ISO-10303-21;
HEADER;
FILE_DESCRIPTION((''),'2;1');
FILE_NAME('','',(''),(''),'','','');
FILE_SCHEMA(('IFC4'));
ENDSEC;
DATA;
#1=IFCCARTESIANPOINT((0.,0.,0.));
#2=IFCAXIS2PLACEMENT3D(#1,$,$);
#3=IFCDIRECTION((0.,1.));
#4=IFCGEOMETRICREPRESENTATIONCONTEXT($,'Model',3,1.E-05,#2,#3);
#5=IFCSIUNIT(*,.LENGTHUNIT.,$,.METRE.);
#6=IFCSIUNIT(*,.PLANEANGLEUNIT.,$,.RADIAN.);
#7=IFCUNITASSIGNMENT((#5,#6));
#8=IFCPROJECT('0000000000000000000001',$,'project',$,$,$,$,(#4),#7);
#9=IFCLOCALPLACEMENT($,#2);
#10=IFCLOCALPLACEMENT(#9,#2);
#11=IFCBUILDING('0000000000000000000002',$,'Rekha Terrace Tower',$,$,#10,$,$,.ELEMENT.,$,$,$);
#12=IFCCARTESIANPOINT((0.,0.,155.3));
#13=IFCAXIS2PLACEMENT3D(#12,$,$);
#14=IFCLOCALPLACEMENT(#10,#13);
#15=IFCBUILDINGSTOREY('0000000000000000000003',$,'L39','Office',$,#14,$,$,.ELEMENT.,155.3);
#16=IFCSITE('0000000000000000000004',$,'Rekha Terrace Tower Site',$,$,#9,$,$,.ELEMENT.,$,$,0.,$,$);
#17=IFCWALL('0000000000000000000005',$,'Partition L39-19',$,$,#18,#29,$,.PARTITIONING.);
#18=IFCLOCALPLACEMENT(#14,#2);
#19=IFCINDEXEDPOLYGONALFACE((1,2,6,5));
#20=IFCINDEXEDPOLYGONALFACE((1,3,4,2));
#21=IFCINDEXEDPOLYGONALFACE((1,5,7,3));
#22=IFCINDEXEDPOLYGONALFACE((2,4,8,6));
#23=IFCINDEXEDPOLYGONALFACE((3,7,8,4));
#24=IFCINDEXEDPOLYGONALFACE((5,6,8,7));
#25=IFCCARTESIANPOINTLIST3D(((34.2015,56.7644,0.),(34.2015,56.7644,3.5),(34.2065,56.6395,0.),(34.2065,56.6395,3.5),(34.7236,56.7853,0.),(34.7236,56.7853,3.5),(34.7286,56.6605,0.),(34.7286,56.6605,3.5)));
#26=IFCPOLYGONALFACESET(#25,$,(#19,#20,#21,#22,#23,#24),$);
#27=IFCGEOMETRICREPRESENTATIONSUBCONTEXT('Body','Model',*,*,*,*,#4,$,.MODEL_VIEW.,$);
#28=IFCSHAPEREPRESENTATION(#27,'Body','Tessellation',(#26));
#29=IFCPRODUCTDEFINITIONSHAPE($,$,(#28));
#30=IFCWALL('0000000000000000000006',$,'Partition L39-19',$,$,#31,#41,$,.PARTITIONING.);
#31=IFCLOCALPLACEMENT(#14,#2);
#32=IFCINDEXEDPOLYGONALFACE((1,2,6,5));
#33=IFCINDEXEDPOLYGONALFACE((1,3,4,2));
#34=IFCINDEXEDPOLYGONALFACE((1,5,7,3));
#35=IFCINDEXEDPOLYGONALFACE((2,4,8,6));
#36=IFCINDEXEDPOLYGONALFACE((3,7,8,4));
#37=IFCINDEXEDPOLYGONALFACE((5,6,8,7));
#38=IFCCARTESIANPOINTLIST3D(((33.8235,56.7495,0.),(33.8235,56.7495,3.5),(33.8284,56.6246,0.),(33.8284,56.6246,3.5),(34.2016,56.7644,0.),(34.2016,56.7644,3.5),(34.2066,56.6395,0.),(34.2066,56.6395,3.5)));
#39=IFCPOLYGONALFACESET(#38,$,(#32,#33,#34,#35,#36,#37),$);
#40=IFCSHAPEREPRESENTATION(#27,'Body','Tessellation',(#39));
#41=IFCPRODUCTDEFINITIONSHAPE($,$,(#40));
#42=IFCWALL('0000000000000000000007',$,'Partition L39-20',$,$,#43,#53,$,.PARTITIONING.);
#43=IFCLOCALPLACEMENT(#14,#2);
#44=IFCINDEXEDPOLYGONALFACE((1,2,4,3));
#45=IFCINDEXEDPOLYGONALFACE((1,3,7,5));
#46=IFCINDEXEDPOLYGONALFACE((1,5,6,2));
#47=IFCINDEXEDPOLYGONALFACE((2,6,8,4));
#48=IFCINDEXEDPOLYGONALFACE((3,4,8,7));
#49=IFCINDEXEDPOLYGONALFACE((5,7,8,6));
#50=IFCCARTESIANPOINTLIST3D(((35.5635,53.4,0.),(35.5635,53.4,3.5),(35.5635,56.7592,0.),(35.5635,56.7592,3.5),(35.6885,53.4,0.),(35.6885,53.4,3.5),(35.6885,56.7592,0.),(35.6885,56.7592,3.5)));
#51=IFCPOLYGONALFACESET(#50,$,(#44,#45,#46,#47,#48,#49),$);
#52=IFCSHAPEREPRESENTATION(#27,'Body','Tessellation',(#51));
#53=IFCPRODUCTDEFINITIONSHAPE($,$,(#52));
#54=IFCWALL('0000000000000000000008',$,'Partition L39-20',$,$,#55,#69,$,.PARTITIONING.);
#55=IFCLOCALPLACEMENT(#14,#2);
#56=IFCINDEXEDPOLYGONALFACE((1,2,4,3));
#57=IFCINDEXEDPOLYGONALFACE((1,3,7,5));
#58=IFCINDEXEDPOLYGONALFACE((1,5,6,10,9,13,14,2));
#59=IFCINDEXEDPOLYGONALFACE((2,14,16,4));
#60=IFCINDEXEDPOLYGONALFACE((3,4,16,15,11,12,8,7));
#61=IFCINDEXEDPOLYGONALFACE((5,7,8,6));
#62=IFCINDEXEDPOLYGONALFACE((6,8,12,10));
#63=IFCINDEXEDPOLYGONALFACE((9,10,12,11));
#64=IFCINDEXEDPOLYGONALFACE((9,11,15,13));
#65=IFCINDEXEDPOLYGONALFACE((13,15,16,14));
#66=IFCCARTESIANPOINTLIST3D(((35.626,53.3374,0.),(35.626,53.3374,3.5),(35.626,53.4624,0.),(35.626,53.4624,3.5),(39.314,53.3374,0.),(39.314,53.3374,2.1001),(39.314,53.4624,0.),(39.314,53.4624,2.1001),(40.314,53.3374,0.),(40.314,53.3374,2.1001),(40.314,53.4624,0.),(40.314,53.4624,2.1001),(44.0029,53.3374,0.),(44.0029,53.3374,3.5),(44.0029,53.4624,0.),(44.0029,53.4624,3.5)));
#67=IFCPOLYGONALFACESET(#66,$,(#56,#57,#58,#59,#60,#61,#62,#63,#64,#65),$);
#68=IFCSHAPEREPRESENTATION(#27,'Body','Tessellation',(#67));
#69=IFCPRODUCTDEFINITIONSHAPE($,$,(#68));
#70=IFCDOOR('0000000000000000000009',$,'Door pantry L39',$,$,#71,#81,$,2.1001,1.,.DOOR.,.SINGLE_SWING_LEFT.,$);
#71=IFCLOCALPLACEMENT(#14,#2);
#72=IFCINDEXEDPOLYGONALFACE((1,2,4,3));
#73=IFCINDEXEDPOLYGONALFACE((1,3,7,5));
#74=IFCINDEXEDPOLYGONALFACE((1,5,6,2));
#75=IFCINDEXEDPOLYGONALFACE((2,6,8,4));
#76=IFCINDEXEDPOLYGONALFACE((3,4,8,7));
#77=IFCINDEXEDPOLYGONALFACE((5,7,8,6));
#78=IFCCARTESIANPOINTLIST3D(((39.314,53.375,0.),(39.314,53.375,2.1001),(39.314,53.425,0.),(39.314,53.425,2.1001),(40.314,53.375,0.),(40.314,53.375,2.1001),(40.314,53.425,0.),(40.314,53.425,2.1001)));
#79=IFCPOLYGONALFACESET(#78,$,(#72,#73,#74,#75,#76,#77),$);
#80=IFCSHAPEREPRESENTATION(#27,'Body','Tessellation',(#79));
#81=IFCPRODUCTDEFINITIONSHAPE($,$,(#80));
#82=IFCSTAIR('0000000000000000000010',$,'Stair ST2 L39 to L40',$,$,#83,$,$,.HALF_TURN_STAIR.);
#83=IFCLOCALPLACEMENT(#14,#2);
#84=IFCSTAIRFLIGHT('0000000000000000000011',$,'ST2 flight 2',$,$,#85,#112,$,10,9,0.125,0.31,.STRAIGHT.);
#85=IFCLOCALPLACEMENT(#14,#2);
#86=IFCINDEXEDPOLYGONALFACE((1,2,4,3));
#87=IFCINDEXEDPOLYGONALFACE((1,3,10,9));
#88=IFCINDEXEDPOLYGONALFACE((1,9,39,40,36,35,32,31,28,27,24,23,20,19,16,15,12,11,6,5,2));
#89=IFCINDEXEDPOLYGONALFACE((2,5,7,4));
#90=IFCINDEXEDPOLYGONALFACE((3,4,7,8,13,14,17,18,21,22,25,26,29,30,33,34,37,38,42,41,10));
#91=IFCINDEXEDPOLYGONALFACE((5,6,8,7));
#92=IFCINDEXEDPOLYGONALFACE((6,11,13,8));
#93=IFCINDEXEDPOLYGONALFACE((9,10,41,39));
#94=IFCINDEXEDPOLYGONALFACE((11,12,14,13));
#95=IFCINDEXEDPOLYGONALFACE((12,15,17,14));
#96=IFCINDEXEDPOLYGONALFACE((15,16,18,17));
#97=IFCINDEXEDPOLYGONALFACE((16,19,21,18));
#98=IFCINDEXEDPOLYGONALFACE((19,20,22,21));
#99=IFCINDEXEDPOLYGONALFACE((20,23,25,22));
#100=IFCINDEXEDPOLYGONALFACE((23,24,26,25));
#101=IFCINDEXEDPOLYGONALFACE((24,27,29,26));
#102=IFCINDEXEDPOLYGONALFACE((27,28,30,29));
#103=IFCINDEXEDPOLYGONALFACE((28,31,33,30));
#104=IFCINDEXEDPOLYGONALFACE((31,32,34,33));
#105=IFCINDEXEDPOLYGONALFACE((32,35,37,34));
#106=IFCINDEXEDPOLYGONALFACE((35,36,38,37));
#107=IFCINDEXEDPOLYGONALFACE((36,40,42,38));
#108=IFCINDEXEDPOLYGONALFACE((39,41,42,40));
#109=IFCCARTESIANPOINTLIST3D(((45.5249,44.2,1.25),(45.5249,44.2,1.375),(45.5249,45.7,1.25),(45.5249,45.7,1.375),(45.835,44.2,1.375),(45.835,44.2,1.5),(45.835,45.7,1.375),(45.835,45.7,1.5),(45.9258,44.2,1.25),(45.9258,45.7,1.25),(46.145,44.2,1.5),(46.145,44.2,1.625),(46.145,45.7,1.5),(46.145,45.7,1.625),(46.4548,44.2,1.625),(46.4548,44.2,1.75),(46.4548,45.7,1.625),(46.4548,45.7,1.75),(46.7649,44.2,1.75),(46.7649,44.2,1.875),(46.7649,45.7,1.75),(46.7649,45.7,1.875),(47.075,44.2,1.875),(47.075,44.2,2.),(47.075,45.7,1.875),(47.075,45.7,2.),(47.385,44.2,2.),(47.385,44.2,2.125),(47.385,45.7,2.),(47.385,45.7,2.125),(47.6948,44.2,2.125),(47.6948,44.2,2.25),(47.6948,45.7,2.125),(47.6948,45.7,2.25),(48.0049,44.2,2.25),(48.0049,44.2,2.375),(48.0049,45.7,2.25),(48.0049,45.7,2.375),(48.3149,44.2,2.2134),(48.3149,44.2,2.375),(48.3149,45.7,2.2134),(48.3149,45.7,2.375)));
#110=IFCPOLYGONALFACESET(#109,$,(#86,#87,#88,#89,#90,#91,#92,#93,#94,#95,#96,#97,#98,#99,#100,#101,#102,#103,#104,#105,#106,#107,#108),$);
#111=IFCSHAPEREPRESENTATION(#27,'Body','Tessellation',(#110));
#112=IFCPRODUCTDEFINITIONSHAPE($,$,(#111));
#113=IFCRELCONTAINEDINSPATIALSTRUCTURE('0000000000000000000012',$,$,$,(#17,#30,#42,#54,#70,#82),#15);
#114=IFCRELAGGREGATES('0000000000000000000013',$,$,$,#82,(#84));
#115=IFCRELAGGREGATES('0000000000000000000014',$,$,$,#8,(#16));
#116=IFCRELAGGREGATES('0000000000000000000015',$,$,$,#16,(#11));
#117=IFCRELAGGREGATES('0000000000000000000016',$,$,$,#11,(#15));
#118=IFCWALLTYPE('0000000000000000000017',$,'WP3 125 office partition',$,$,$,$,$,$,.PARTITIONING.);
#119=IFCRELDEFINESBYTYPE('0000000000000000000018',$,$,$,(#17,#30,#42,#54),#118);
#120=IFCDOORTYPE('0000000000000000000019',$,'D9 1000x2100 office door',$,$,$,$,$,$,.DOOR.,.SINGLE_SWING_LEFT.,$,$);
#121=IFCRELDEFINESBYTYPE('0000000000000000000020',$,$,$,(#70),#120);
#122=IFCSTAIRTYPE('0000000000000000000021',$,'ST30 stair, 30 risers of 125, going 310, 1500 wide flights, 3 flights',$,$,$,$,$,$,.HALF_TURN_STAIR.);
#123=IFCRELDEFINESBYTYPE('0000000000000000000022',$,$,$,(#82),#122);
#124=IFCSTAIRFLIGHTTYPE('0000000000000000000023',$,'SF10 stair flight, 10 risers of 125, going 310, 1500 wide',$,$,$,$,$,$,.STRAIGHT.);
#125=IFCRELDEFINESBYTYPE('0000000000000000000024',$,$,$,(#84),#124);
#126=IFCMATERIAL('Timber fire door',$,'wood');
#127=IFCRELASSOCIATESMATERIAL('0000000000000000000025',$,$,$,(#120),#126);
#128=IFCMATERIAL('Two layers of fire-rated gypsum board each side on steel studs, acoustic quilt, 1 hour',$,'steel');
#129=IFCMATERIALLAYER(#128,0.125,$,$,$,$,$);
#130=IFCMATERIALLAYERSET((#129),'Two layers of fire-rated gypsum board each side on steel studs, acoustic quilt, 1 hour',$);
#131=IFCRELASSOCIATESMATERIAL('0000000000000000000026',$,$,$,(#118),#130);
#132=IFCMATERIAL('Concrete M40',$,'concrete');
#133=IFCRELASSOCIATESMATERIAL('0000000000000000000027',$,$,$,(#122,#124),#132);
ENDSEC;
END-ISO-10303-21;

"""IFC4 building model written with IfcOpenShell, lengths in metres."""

from ifc_helpers import new_model, si_unit, direction, frame, frame_2d, origin, place, context, subcontext, project, spatial, polyline, rectangle, outline, extrude, material, layer, layer_set, type_object, element, fill, aggregate, save


model = new_model("IFC4")

# Units and contexts
model_context = context("Model", 3, precision=1e-05, world=origin(), true_north=direction((0.0, 1.0)))
body_context = subcontext(model_context, "Body", "Model", "MODEL_VIEW")
ifc_project = project(units=[si_unit("LENGTHUNIT", "METRE"), si_unit("PLANEANGLEUNIT", "RADIAN")], contexts=[model_context])

# Site, building, storey
site_placement = place(None, origin())
site = spatial("IfcSite", under=ifc_project, at=site_placement, Name="Rekha Terrace Tower Site", CompositionType="ELEMENT", RefElevation=0.0)
building_placement = place(site_placement, origin())
building = spatial("IfcBuilding", under=site, at=building_placement, Name="Rekha Terrace Tower", CompositionType="ELEMENT")
storey_placement = place(building_placement, frame((0.0, 0.0, 155.3)))
storey = spatial("IfcBuildingStorey", under=building, at=storey_placement, Name="L39", Description="Office", CompositionType="ELEMENT", Elevation=155.3)

# Shared definitions
ifc_material_1 = material(Name="Timber fire door", Category="wood")
door_type_1 = type_object("IfcDoorType", Name="D9 1000x2100 office door", OperationType="SINGLE_SWING_LEFT", PredefinedType="DOOR", material=ifc_material_1)

# Walls
ifc_material_2 = material(Name="Two layers of fire-rated gypsum board each side on steel studs, acoustic quilt, 1 hour", Category="steel")
ifc_layer_1 = layer(ifc_material_2, 0.125)
ifc_layer_set_1 = layer_set([ifc_layer_1], Name="Two layers of fire-rated gypsum board each side on steel studs, acoustic quilt, 1 hour")
wall_type_1 = type_object("IfcWallType", Name="WP3 125 office partition", PredefinedType="PARTITIONING", material=ifc_layer_set_1)
wall_1_placement = place(storey_placement, frame((34.7261, 56.7229, 0.0), z_axis=(0.0, 0.0, 1.0), x_axis=(-0.999192, -0.040192, 0.0)))
element("IfcWall", 1, at=wall_1_placement, inside=storey, type_object=wall_type_1, Name="Partition L39-19", PredefinedType="PARTITIONING", context=body_context, shape_type="SweptSolid", body=[
    extrude(rectangle(XDim=0.5225, YDim=0.125, at=frame_2d((0.2612, 0.0))), origin(), (0.0, 0.0, 1.0), 3.5),
])
wall_2_placement = place(storey_placement, frame((34.2041, 56.7019, 0.0), z_axis=(0.0, 0.0, 1.0), x_axis=(-0.999225, -0.03935, 0.0)))
element("IfcWall", 2, at=wall_2_placement, inside=storey, type_object=wall_type_1, Name="Partition L39-19", PredefinedType="PARTITIONING", context=body_context, shape_type="SweptSolid", body=[
    extrude(rectangle(XDim=0.3784, YDim=0.125, at=frame_2d((0.1892, 0.0))), origin(), (0.0, 0.0, 1.0), 3.5),
])
wall_3_placement = place(storey_placement, frame((35.626, 53.3999, 0.0), z_axis=(0.0, 0.0, 1.0), x_axis=(0.0, 1.0, 0.0)))
element("IfcWall", 3, at=wall_3_placement, inside=storey, type_object=wall_type_1, Name="Partition L39-20", PredefinedType="PARTITIONING", context=body_context, shape_type="SweptSolid", body=[
    extrude(rectangle(XDim=3.3591, YDim=0.125, at=frame_2d((1.6797, 0.0))), origin(), (0.0, 0.0, 1.0), 3.5),
])

# Wall, opening, door
wall_4_placement = place(storey_placement, frame((44.0029, 53.3999, 0.0), z_axis=(0.0, 0.0, 1.0), x_axis=(-1.0, 0.0, 0.0)))
wall_4 = element("IfcWall", 4, at=wall_4_placement, inside=storey, type_object=wall_type_1, Name="Partition L39-20", PredefinedType="PARTITIONING", context=body_context, shape_type="SweptSolid", body=[
    extrude(rectangle(XDim=8.377, YDim=0.125, at=frame_2d((4.1885, 0.0))), origin(), (0.0, 0.0, 1.0), 3.5),
])
opening_1_placement = place(wall_4_placement, frame((3.689, 0.0, 0.0)))
opening_1 = element("IfcOpeningElement", 5, at=opening_1_placement, cuts=wall_4, PredefinedType="OPENING", context=body_context, shape_type="SweptSolid", body=[
    extrude(rectangle(XDim=1.0, YDim=2.1001, at=frame_2d((0.5, 1.05))), frame((0.0, 0.0725, 0.0), z_axis=(0.0, -1.0, 0.0), x_axis=(1.0, 0.0, 0.0)), (0.0, 0.0, 1.0), 0.145),
])
door_1_placement = place(opening_1_placement, origin())
door_1 = element("IfcDoor", 6, at=door_1_placement, inside=storey, type_object=door_type_1, Name="Door pantry L39", OperationType="SINGLE_SWING_LEFT", OverallHeight=2.1001, OverallWidth=1.0, PredefinedType="DOOR", context=body_context, shape_type="SweptSolid", body=[
    extrude(rectangle(XDim=1.0, YDim=2.1001, at=frame_2d((0.5, 1.05))), frame((0.0, 0.0249, 0.0), z_axis=(0.0, -1.0, 0.0), x_axis=(1.0, 0.0, 0.0)), (0.0, 0.0, 1.0), 0.05),
])
fill(opening_1, door_1)

# Stair, stair flight
ifc_material_3 = material(Name="Concrete M40", Category="concrete")
stair_type = type_object("IfcStairType", Name="ST30 stair, 30 risers of 125, going 310, 1500 wide flights, 3 flights", PredefinedType="HALF_TURN_STAIR", material=ifc_material_3)
stair_placement = place(storey_placement, origin())
stair = element("IfcStair", 7, at=stair_placement, inside=storey, type_object=stair_type, Name="Stair ST2 L39 to L40", PredefinedType="HALF_TURN_STAIR")
stair_flight_type = type_object("IfcStairFlightType", Name="SF10 stair flight, 10 risers of 125, going 310, 1500 wide", PredefinedType="STRAIGHT", material=ifc_material_3)
stair_flight_placement = place(storey_placement, frame((45.5249, 44.95, 1.25), z_axis=(0.0, 0.0, 1.0), x_axis=(1.0, 0.0, 0.0)))
stair_flight = element("IfcStairFlight", 8, at=stair_flight_placement, type_object=stair_flight_type, Name="ST2 flight 2", NumberOfRisers=10, NumberOfTreads=9, PredefinedType="STRAIGHT", RiserHeight=0.125, TreadLength=0.31, context=body_context, shape_type="SweptSolid", body=[
    extrude(outline(polyline([(0.0, 0.0), (0.0, 0.125), (0.3101, 0.125), (0.3101, 0.25), (0.6201, 0.25), (0.6201, 0.375), (0.9299, 0.375), (0.9299, 0.5), (1.24, 0.5), (1.24, 0.625), (1.55, 0.625), (1.55, 0.75), (1.8601, 0.75), (1.8601, 0.875), (2.1699, 0.875), (2.1699, 1.0), (2.48, 1.0), (2.48, 1.125), (2.79, 1.125), (2.79, 1.25), (2.79, 0.9634), (0.4009, 0.0), (0.0, 0.0)])), frame((0.0, 0.75, 0.0), z_axis=(0.0, -1.0, 0.0), x_axis=(1.0, 0.0, 0.0)), (0.0, 0.0, 1.0), 1.5),
])
aggregate(stair, [stair_flight])

save(model, "model.ifc")
